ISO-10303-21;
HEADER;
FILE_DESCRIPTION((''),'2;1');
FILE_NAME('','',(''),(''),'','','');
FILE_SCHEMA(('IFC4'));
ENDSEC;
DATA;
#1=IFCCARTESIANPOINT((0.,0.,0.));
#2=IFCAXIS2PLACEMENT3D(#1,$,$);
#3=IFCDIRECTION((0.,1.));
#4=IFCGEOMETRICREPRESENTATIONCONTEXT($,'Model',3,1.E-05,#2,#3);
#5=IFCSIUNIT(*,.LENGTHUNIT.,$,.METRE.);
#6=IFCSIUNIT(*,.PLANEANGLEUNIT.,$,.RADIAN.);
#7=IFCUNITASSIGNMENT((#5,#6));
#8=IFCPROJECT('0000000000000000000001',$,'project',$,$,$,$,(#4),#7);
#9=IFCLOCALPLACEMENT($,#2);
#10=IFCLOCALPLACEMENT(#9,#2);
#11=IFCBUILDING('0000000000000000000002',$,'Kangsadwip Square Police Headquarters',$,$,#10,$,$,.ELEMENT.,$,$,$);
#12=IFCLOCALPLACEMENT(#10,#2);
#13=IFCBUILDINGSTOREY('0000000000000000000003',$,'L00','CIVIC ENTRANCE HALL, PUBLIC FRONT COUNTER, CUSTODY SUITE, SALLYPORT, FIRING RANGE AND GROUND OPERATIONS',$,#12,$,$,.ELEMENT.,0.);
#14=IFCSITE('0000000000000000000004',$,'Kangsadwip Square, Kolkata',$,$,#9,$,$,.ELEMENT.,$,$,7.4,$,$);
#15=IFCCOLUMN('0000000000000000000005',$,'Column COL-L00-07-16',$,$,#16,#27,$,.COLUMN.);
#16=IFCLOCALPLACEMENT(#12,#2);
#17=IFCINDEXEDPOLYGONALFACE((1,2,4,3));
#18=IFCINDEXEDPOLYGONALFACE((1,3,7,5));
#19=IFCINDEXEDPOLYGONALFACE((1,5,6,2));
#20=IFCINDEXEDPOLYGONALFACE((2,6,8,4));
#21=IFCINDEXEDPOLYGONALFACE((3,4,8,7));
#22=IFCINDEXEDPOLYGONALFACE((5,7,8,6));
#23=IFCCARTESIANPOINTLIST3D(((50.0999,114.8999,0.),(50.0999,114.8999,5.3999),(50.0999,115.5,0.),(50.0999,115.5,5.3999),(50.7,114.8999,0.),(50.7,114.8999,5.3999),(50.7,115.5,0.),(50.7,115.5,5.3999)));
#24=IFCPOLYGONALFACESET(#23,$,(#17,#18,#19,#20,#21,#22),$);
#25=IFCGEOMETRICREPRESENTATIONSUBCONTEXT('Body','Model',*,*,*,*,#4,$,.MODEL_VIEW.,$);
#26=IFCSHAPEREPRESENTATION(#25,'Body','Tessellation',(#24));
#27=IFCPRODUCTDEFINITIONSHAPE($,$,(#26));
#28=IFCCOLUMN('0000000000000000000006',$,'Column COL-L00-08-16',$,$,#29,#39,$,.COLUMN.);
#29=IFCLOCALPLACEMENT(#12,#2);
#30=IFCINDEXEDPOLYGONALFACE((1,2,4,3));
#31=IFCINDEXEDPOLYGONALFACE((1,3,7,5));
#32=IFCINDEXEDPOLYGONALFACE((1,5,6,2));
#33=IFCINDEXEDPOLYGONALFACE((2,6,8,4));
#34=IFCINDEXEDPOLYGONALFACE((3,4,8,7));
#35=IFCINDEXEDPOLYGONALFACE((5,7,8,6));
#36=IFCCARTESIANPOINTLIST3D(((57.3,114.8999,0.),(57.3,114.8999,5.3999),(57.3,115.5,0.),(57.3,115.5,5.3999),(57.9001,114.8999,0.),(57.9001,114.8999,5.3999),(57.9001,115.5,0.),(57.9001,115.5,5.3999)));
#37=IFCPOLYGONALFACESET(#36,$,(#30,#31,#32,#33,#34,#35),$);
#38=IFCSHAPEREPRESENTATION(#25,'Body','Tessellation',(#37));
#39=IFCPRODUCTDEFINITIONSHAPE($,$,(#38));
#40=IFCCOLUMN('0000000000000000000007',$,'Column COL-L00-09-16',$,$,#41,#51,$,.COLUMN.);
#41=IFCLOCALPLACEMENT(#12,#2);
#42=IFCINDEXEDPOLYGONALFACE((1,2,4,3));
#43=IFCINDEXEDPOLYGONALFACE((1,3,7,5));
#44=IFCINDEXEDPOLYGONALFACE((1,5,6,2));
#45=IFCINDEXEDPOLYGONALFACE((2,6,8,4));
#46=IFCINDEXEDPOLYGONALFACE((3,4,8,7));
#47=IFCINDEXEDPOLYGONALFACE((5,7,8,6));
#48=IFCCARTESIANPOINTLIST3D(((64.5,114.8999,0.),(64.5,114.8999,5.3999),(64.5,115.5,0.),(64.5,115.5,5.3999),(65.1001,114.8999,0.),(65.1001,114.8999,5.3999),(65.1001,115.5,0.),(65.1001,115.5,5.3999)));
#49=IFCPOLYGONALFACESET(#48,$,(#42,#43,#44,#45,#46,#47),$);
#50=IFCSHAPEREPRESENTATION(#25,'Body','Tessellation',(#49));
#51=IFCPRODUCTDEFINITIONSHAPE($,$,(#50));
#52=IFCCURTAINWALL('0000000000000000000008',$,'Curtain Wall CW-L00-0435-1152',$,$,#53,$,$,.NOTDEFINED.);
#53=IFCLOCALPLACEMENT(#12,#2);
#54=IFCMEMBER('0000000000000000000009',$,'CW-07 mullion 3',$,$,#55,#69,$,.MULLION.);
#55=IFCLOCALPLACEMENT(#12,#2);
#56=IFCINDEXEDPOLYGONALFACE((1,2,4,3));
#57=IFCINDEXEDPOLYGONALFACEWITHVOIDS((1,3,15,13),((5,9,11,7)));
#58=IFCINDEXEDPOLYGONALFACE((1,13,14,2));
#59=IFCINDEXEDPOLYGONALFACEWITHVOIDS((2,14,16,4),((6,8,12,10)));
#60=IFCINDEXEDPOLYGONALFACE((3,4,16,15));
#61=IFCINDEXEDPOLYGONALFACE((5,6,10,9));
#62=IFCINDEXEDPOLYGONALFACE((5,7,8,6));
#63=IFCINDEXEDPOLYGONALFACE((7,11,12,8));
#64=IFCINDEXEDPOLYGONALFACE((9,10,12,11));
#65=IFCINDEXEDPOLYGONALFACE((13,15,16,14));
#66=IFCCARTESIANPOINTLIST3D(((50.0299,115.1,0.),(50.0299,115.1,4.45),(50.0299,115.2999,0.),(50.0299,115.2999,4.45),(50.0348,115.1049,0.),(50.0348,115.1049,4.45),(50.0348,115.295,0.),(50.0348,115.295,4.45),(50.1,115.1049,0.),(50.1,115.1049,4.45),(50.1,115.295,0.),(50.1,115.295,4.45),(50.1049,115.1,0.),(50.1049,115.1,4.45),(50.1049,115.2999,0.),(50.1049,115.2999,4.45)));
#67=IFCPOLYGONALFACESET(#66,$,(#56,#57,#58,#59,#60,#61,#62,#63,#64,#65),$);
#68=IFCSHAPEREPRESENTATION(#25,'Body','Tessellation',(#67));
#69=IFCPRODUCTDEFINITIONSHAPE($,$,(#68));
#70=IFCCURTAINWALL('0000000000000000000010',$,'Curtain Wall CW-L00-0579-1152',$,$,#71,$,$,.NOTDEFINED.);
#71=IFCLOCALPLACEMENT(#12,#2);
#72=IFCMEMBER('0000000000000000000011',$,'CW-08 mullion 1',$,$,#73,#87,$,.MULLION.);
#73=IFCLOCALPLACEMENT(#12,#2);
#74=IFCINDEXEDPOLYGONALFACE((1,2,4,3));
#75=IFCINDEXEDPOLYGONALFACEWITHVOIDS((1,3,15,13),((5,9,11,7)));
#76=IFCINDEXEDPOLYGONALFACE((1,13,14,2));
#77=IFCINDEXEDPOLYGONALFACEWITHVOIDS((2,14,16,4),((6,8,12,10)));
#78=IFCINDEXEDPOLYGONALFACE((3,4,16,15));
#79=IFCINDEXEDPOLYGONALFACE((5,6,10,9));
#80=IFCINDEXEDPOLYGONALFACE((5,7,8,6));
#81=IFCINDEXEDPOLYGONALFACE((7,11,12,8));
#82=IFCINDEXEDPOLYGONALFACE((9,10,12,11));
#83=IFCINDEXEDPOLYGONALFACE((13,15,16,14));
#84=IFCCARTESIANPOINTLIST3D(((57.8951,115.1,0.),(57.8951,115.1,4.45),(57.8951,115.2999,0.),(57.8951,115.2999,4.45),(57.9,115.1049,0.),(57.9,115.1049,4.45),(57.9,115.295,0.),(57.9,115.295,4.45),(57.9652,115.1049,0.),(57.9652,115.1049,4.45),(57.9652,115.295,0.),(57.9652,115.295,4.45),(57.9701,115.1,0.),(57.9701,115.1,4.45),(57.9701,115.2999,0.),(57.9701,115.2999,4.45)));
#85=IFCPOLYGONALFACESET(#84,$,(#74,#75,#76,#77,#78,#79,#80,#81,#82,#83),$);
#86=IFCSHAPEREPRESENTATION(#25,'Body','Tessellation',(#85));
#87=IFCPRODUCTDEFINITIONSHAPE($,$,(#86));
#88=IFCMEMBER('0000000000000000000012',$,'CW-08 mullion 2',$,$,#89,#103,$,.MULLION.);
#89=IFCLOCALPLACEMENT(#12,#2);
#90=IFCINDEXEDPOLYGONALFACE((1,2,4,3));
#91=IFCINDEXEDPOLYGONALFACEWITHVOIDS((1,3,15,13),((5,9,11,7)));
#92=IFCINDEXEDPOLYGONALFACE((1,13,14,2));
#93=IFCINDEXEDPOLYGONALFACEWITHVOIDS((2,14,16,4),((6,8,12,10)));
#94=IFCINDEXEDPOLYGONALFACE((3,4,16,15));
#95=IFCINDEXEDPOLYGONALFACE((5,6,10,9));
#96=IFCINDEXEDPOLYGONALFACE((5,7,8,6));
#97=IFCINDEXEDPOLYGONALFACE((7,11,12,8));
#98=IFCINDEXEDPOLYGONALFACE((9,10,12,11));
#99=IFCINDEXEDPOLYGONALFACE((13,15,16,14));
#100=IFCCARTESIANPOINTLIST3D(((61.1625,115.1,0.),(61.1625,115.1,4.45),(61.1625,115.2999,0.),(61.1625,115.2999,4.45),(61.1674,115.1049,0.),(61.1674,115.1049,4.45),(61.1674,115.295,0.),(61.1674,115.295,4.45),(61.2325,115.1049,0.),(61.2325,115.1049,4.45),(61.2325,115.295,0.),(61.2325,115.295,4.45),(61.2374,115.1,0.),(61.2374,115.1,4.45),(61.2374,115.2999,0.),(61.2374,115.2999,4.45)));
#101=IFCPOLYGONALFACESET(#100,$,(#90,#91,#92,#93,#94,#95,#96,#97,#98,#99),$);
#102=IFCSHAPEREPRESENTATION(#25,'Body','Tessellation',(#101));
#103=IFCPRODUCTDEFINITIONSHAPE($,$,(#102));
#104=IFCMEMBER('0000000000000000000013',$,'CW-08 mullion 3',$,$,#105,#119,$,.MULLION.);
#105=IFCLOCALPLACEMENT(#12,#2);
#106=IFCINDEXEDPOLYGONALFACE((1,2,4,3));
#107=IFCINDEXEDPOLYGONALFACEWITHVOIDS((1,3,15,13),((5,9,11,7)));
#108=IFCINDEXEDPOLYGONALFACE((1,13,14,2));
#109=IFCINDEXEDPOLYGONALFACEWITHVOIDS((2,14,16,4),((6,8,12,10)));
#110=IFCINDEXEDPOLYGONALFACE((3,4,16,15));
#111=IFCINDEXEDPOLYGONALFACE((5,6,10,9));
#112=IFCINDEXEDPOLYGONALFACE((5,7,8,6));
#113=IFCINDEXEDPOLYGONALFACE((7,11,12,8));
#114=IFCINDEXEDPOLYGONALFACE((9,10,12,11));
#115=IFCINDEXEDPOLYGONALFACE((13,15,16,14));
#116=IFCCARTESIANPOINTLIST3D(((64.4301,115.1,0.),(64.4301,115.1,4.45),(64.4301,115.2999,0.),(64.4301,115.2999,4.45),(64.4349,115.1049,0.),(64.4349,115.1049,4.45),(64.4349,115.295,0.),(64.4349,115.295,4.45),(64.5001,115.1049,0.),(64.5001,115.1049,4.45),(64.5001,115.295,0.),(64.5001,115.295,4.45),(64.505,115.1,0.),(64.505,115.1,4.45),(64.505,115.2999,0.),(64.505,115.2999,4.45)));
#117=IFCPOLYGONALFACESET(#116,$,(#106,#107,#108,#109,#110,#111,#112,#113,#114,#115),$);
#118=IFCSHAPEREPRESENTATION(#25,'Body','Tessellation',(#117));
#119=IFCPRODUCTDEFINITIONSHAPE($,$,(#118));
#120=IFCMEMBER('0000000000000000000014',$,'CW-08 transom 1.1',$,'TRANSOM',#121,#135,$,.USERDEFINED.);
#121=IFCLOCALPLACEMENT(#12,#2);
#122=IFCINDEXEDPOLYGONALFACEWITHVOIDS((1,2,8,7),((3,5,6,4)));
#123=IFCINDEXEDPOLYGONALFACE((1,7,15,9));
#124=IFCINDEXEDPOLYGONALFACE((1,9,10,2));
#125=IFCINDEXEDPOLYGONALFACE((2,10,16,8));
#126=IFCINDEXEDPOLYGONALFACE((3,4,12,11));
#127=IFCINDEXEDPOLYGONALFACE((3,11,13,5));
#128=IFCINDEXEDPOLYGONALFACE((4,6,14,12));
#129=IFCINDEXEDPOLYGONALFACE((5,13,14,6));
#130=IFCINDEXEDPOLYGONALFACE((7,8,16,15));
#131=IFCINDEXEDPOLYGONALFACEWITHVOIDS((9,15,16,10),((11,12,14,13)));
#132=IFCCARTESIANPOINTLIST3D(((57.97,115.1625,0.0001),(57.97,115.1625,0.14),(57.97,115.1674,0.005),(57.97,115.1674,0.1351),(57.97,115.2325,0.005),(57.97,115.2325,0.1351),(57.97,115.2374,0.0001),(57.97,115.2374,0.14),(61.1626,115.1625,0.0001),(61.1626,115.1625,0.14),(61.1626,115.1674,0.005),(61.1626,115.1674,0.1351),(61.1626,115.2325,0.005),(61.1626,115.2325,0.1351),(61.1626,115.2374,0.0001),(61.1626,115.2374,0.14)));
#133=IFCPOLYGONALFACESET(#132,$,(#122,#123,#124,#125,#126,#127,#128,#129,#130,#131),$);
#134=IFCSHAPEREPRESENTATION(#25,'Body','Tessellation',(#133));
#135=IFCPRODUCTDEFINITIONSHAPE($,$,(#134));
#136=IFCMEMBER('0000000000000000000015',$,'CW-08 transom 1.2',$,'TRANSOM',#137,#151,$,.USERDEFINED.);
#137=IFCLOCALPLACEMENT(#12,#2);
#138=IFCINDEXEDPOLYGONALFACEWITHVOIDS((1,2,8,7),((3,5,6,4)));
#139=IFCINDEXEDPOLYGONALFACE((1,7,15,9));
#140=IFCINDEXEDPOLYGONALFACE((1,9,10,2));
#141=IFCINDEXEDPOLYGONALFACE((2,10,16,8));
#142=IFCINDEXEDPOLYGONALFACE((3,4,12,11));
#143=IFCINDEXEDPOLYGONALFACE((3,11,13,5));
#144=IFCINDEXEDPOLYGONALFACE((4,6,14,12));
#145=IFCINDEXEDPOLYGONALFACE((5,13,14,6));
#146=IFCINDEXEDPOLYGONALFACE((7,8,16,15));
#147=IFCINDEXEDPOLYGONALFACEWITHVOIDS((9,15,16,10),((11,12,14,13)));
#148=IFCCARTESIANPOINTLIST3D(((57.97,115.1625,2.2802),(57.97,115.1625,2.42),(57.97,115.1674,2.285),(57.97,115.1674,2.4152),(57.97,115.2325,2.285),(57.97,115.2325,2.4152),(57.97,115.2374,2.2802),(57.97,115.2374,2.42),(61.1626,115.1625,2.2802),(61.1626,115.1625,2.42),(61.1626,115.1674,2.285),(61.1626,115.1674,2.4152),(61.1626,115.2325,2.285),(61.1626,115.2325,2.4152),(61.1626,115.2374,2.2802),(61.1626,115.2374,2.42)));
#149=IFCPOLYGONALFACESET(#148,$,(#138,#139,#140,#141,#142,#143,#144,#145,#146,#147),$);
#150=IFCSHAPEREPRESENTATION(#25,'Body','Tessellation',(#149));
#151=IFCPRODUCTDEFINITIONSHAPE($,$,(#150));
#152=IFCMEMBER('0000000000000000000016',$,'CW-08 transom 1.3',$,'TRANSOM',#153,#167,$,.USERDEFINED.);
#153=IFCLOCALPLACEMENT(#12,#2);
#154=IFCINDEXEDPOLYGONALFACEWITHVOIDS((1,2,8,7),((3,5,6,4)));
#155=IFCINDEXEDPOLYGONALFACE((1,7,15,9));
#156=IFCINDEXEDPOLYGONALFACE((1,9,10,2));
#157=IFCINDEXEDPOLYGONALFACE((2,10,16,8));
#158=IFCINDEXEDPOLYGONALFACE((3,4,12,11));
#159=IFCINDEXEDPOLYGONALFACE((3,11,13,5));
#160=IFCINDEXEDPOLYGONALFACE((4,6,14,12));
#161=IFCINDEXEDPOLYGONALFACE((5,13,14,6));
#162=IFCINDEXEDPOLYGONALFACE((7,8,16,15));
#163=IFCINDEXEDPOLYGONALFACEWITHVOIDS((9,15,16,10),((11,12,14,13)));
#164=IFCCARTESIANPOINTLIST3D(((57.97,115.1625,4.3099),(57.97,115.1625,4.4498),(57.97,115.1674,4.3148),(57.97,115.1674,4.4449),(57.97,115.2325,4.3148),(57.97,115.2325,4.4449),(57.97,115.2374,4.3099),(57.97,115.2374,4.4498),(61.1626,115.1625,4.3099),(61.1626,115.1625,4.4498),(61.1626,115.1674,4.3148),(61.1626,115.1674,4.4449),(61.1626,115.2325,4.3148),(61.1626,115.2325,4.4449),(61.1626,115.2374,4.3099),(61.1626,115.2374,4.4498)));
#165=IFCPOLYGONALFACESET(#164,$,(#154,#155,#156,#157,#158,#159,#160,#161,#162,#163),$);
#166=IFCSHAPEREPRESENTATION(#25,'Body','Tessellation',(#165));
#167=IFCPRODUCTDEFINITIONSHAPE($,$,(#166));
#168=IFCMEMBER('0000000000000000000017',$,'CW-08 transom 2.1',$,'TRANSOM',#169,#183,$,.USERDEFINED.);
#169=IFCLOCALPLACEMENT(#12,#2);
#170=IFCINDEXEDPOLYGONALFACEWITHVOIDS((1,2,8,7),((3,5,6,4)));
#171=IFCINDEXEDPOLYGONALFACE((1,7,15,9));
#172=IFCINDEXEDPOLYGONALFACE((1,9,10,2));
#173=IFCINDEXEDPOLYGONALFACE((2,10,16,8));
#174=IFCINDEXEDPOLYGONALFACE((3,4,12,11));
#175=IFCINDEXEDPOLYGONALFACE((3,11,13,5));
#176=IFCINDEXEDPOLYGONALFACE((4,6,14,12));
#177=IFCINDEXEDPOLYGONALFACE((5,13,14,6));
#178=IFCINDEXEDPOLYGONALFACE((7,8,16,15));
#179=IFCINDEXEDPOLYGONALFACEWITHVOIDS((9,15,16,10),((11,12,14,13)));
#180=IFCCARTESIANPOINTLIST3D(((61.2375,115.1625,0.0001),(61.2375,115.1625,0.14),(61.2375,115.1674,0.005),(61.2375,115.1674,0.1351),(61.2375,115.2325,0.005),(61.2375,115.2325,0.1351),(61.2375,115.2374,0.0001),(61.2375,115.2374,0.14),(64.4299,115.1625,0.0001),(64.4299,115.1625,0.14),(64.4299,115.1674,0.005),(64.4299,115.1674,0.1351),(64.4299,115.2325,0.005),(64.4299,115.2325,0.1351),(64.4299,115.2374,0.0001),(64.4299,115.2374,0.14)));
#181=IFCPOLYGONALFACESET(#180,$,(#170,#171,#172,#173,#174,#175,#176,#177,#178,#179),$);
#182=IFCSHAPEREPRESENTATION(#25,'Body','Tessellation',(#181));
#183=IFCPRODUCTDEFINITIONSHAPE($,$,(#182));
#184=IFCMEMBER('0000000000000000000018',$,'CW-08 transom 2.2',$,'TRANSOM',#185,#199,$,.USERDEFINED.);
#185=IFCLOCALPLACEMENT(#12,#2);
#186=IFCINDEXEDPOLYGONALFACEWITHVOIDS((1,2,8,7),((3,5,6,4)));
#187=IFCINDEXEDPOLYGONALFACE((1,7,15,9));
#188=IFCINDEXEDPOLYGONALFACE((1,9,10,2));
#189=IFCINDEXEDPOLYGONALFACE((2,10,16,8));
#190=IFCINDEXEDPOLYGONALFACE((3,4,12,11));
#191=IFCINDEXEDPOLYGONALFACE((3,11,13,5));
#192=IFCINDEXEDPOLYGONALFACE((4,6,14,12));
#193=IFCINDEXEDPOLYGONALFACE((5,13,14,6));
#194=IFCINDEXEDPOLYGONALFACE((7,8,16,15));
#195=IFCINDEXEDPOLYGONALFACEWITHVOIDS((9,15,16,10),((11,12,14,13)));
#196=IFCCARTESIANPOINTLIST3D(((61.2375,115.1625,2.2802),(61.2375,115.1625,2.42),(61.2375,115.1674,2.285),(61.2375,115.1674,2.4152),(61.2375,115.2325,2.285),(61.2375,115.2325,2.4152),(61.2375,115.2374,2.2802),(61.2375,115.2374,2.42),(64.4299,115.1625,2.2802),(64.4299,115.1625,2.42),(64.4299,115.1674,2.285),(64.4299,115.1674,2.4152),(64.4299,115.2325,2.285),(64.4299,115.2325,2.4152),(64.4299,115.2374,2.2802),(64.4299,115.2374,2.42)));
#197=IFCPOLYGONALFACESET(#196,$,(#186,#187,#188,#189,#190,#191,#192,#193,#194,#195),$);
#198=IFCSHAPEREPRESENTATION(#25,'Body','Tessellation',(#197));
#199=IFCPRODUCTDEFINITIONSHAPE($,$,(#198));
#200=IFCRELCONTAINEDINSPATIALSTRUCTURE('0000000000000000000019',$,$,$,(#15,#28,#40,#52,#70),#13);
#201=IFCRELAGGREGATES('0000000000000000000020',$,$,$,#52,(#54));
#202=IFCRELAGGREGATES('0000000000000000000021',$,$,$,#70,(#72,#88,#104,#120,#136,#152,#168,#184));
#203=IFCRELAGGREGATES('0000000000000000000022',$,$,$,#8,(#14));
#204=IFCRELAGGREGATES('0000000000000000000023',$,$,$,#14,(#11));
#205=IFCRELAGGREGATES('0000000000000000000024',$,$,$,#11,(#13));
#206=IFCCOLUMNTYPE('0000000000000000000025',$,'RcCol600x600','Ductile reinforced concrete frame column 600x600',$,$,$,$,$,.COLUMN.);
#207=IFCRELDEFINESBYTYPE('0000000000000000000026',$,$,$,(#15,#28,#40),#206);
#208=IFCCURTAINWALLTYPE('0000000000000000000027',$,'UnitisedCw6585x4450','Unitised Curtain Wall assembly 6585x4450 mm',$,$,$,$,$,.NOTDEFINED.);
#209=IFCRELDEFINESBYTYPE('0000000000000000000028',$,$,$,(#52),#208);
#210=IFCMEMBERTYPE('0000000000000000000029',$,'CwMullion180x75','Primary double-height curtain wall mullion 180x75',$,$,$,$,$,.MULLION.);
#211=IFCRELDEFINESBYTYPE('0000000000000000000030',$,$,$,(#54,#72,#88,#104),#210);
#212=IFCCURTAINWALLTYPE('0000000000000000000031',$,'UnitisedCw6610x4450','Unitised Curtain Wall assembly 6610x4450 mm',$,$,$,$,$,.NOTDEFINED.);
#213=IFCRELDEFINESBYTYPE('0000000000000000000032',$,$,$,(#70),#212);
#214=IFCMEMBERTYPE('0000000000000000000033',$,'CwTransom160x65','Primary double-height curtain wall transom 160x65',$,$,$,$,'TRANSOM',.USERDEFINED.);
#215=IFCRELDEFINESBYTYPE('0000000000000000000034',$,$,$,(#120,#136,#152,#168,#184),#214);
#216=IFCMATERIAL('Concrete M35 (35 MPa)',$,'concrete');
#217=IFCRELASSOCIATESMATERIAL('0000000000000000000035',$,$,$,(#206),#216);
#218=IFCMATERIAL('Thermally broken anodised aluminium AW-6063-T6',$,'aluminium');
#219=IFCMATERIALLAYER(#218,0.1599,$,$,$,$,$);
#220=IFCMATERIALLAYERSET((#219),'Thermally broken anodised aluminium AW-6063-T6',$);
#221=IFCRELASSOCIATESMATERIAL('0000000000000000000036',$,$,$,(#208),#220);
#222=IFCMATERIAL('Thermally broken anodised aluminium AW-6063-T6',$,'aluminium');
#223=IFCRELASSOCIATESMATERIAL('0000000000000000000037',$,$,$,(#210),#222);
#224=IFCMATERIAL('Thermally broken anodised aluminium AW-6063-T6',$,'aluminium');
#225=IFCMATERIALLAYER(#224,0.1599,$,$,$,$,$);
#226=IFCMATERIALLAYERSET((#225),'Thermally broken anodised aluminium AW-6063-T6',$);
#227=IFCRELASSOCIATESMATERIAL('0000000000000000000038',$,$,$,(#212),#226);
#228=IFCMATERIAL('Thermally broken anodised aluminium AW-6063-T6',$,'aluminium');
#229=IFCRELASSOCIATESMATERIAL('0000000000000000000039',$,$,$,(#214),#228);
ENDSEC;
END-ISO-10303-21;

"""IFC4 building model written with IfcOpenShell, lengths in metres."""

from ifc_helpers import new_model, si_unit, direction, frame, origin, origin_2d, place, context, subcontext, project, spatial, rectangle, hollow_rectangle, extrude, material, layer, layer_set, material_profile, profile_set, type_object, element, aggregate, save


model = new_model("IFC4")

# Units and contexts
model_context = context("Model", 3, precision=1e-05, world=origin(), true_north=direction((0.0, 1.0)))
body_context = subcontext(model_context, "Body", "Model", "MODEL_VIEW")
ifc_project = project(units=[si_unit("LENGTHUNIT", "METRE"), si_unit("PLANEANGLEUNIT", "RADIAN")], contexts=[model_context])

# Site, building, storey
site_placement = place(None, origin())
site = spatial("IfcSite", under=ifc_project, at=site_placement, Name="Kangsadwip Square, Kolkata", CompositionType="ELEMENT", RefElevation=7.4)
building_placement = place(site_placement, origin())
building = spatial("IfcBuilding", under=site, at=building_placement, Name="Kangsadwip Square Police Headquarters", CompositionType="ELEMENT")
storey_placement = place(building_placement, origin())
storey = spatial("IfcBuildingStorey", under=building, at=storey_placement, Name="L00", Description="CIVIC ENTRANCE HALL, PUBLIC FRONT COUNTER, CUSTODY SUITE, SALLYPORT, FIRING RANGE AND GROUND OPERATIONS", CompositionType="ELEMENT", Elevation=0.0)

# Columns
ifc_material_1 = material(Name="Concrete M35 (35 MPa)", Category="concrete")
ifc_material_profile_1 = material_profile(ifc_material_1, rectangle(XDim=0.6001, YDim=0.6001, at=origin_2d()), Name="RC COL 600X600")
ifc_profile_set_1 = profile_set([ifc_material_profile_1], Name="Concrete M35 (35 MPa)")
column_type = type_object("IfcColumnType", Name="RcCol600x600", Description="Ductile reinforced concrete frame column 600x600", PredefinedType="COLUMN", material=ifc_profile_set_1)
for number, where, z_axis, x_axis, name in (
    (1, (50.3999, 115.2, 0.0), (0.0, 0.0, 1.0), (1.0, 0.0, 0.0), "Column COL-L00-07-16"),
    (2, (57.6001, 115.2, 0.0), (0.0, 0.0, 1.0), (1.0, 0.0, 0.0), "Column COL-L00-08-16"),
    (3, (64.8, 115.2, 0.0), (0.0, 0.0, 1.0), (1.0, 0.0, 0.0), "Column COL-L00-09-16"),
):
    element("IfcColumn", number, at=place(storey_placement, frame(where, z_axis=z_axis, x_axis=x_axis)), inside=storey, type_object=column_type, Name=name, PredefinedType="COLUMN", context=body_context, shape_type="SweptSolid", body=[
        extrude(rectangle(XDim=0.6001, YDim=0.6001, at=origin_2d()), origin(), (0.0, 0.0, 1.0), 5.3999),
    ])

# Curtain wall, member
ifc_material_2 = material(Name="Thermally broken anodised aluminium AW-6063-T6", Category="aluminium")
ifc_layer_1 = layer(ifc_material_2, 0.1599)
ifc_layer_set_1 = layer_set([ifc_layer_1], Name="Thermally broken anodised aluminium AW-6063-T6")
curtain_wall_type_1 = type_object("IfcCurtainWallType", Name="UnitisedCw6585x4450", Description="Unitised Curtain Wall assembly 6585x4450 mm", PredefinedType="NOTDEFINED", material=ifc_layer_set_1)
curtain_wall_1_placement = place(storey_placement, origin())
curtain_wall_1 = element("IfcCurtainWall", 4, at=curtain_wall_1_placement, inside=storey, type_object=curtain_wall_type_1, Name="Curtain Wall CW-L00-0435-1152", PredefinedType="NOTDEFINED")
ifc_material_3 = material(Name="Thermally broken anodised aluminium AW-6063-T6", Category="aluminium")
ifc_material_profile_2 = material_profile(ifc_material_3, hollow_rectangle(XDim=0.075, YDim=0.2, WallThickness=0.0049, at=origin_2d()), Name="CWM 200X75X5")
ifc_profile_set_2 = profile_set([ifc_material_profile_2], Name="Thermally broken anodised aluminium AW-6063-T6")
member_type_1 = type_object("IfcMemberType", Name="CwMullion180x75", Description="Primary double-height curtain wall mullion 180x75", PredefinedType="MULLION", material=ifc_profile_set_2)
member_1_placement = place(storey_placement, frame((50.0674, 115.2, 0.0), z_axis=(0.0, 0.0, 1.0), x_axis=(1.0, 0.0, 0.0)))
member_1 = element("IfcMember", 5, at=member_1_placement, type_object=member_type_1, Name="CW-07 mullion 3", PredefinedType="MULLION", context=body_context, shape_type="SweptSolid", body=[
    extrude(hollow_rectangle(XDim=0.075, YDim=0.2, WallThickness=0.0049, at=origin_2d()), origin(), (0.0, 0.0, 1.0), 4.45),
])

# Curtain wall, members
ifc_material_4 = material(Name="Thermally broken anodised aluminium AW-6063-T6", Category="aluminium")
ifc_layer_2 = layer(ifc_material_4, 0.1599)
ifc_layer_set_2 = layer_set([ifc_layer_2], Name="Thermally broken anodised aluminium AW-6063-T6")
curtain_wall_type_2 = type_object("IfcCurtainWallType", Name="UnitisedCw6610x4450", Description="Unitised Curtain Wall assembly 6610x4450 mm", PredefinedType="NOTDEFINED", material=ifc_layer_set_2)
curtain_wall_2_placement = place(storey_placement, origin())
curtain_wall_2 = element("IfcCurtainWall", 6, at=curtain_wall_2_placement, inside=storey, type_object=curtain_wall_type_2, Name="Curtain Wall CW-L00-0579-1152", PredefinedType="NOTDEFINED")
member_2_placement = place(storey_placement, frame((57.9326, 115.2, 0.0), z_axis=(0.0, 0.0, 1.0), x_axis=(1.0, 0.0, 0.0)))
member_2 = element("IfcMember", 7, at=member_2_placement, type_object=member_type_1, Name="CW-08 mullion 1", PredefinedType="MULLION", context=body_context, shape_type="SweptSolid", body=[
    extrude(hollow_rectangle(XDim=0.075, YDim=0.2, WallThickness=0.0049, at=origin_2d()), origin(), (0.0, 0.0, 1.0), 4.45),
])
member_3_placement = place(storey_placement, frame((61.2, 115.2, 0.0), z_axis=(0.0, 0.0, 1.0), x_axis=(1.0, 0.0, 0.0)))
member_3 = element("IfcMember", 8, at=member_3_placement, type_object=member_type_1, Name="CW-08 mullion 2", PredefinedType="MULLION", context=body_context, shape_type="SweptSolid", body=[
    extrude(hollow_rectangle(XDim=0.075, YDim=0.2, WallThickness=0.0049, at=origin_2d()), origin(), (0.0, 0.0, 1.0), 4.45),
])
member_4_placement = place(storey_placement, frame((64.4675, 115.2, 0.0), z_axis=(0.0, 0.0, 1.0), x_axis=(1.0, 0.0, 0.0)))
member_4 = element("IfcMember", 9, at=member_4_placement, type_object=member_type_1, Name="CW-08 mullion 3", PredefinedType="MULLION", context=body_context, shape_type="SweptSolid", body=[
    extrude(hollow_rectangle(XDim=0.075, YDim=0.2, WallThickness=0.0049, at=origin_2d()), origin(), (0.0, 0.0, 1.0), 4.45),
])
ifc_material_5 = material(Name="Thermally broken anodised aluminium AW-6063-T6", Category="aluminium")
ifc_material_profile_3 = material_profile(ifc_material_5, hollow_rectangle(XDim=0.075, YDim=0.1399, WallThickness=0.0049, at=origin_2d()), Name="CWT 140X75X5")
ifc_profile_set_3 = profile_set([ifc_material_profile_3], Name="Thermally broken anodised aluminium AW-6063-T6")
member_type_2 = type_object("IfcMemberType", Name="CwTransom160x65", Description="Primary double-height curtain wall transom 160x65", ElementType="TRANSOM", PredefinedType="USERDEFINED", material=ifc_profile_set_3)
member_5_placement = place(storey_placement, frame((57.97, 115.2, 0.0701), z_axis=(1.0, 0.0, 0.0), x_axis=(0.0, 1.0, 0.0)))
member_5 = element("IfcMember", 10, at=member_5_placement, type_object=member_type_2, Name="CW-08 transom 1.1", ObjectType="TRANSOM", PredefinedType="USERDEFINED", context=body_context, shape_type="SweptSolid", body=[
    extrude(hollow_rectangle(XDim=0.075, YDim=0.1399, WallThickness=0.0049, at=origin_2d()), origin(), (0.0, 0.0, 1.0), 3.1926),
])
member_6_placement = place(storey_placement, frame((57.97, 115.2, 2.3501), z_axis=(1.0, 0.0, 0.0), x_axis=(0.0, 1.0, 0.0)))
member_6 = element("IfcMember", 11, at=member_6_placement, type_object=member_type_2, Name="CW-08 transom 1.2", ObjectType="TRANSOM", PredefinedType="USERDEFINED", context=body_context, shape_type="SweptSolid", body=[
    extrude(hollow_rectangle(XDim=0.075, YDim=0.1399, WallThickness=0.0049, at=origin_2d()), origin(), (0.0, 0.0, 1.0), 3.1926),
])
member_7_placement = place(storey_placement, frame((57.97, 115.2, 4.3799), z_axis=(1.0, 0.0, 0.0), x_axis=(0.0, 1.0, 0.0)))
member_7 = element("IfcMember", 12, at=member_7_placement, type_object=member_type_2, Name="CW-08 transom 1.3", ObjectType="TRANSOM", PredefinedType="USERDEFINED", context=body_context, shape_type="SweptSolid", body=[
    extrude(hollow_rectangle(XDim=0.075, YDim=0.1399, WallThickness=0.0049, at=origin_2d()), origin(), (0.0, 0.0, 1.0), 3.1926),
])
member_8_placement = place(storey_placement, frame((61.2375, 115.2, 0.0701), z_axis=(1.0, 0.0, 0.0), x_axis=(0.0, 1.0, 0.0)))
member_8 = element("IfcMember", 13, at=member_8_placement, type_object=member_type_2, Name="CW-08 transom 2.1", ObjectType="TRANSOM", PredefinedType="USERDEFINED", context=body_context, shape_type="SweptSolid", body=[
    extrude(hollow_rectangle(XDim=0.075, YDim=0.1399, WallThickness=0.0049, at=origin_2d()), origin(), (0.0, 0.0, 1.0), 3.1924),
])
member_9_placement = place(storey_placement, frame((61.2375, 115.2, 2.3501), z_axis=(1.0, 0.0, 0.0), x_axis=(0.0, 1.0, 0.0)))
member_9 = element("IfcMember", 14, at=member_9_placement, type_object=member_type_2, Name="CW-08 transom 2.2", ObjectType="TRANSOM", PredefinedType="USERDEFINED", context=body_context, shape_type="SweptSolid", body=[
    extrude(hollow_rectangle(XDim=0.075, YDim=0.1399, WallThickness=0.0049, at=origin_2d()), origin(), (0.0, 0.0, 1.0), 3.1924),
])

aggregate(curtain_wall_1, [member_1])
aggregate(curtain_wall_2, [member_2, member_3, member_4, member_5, member_6, member_7, member_8, member_9])

save(model, "model.ifc")
